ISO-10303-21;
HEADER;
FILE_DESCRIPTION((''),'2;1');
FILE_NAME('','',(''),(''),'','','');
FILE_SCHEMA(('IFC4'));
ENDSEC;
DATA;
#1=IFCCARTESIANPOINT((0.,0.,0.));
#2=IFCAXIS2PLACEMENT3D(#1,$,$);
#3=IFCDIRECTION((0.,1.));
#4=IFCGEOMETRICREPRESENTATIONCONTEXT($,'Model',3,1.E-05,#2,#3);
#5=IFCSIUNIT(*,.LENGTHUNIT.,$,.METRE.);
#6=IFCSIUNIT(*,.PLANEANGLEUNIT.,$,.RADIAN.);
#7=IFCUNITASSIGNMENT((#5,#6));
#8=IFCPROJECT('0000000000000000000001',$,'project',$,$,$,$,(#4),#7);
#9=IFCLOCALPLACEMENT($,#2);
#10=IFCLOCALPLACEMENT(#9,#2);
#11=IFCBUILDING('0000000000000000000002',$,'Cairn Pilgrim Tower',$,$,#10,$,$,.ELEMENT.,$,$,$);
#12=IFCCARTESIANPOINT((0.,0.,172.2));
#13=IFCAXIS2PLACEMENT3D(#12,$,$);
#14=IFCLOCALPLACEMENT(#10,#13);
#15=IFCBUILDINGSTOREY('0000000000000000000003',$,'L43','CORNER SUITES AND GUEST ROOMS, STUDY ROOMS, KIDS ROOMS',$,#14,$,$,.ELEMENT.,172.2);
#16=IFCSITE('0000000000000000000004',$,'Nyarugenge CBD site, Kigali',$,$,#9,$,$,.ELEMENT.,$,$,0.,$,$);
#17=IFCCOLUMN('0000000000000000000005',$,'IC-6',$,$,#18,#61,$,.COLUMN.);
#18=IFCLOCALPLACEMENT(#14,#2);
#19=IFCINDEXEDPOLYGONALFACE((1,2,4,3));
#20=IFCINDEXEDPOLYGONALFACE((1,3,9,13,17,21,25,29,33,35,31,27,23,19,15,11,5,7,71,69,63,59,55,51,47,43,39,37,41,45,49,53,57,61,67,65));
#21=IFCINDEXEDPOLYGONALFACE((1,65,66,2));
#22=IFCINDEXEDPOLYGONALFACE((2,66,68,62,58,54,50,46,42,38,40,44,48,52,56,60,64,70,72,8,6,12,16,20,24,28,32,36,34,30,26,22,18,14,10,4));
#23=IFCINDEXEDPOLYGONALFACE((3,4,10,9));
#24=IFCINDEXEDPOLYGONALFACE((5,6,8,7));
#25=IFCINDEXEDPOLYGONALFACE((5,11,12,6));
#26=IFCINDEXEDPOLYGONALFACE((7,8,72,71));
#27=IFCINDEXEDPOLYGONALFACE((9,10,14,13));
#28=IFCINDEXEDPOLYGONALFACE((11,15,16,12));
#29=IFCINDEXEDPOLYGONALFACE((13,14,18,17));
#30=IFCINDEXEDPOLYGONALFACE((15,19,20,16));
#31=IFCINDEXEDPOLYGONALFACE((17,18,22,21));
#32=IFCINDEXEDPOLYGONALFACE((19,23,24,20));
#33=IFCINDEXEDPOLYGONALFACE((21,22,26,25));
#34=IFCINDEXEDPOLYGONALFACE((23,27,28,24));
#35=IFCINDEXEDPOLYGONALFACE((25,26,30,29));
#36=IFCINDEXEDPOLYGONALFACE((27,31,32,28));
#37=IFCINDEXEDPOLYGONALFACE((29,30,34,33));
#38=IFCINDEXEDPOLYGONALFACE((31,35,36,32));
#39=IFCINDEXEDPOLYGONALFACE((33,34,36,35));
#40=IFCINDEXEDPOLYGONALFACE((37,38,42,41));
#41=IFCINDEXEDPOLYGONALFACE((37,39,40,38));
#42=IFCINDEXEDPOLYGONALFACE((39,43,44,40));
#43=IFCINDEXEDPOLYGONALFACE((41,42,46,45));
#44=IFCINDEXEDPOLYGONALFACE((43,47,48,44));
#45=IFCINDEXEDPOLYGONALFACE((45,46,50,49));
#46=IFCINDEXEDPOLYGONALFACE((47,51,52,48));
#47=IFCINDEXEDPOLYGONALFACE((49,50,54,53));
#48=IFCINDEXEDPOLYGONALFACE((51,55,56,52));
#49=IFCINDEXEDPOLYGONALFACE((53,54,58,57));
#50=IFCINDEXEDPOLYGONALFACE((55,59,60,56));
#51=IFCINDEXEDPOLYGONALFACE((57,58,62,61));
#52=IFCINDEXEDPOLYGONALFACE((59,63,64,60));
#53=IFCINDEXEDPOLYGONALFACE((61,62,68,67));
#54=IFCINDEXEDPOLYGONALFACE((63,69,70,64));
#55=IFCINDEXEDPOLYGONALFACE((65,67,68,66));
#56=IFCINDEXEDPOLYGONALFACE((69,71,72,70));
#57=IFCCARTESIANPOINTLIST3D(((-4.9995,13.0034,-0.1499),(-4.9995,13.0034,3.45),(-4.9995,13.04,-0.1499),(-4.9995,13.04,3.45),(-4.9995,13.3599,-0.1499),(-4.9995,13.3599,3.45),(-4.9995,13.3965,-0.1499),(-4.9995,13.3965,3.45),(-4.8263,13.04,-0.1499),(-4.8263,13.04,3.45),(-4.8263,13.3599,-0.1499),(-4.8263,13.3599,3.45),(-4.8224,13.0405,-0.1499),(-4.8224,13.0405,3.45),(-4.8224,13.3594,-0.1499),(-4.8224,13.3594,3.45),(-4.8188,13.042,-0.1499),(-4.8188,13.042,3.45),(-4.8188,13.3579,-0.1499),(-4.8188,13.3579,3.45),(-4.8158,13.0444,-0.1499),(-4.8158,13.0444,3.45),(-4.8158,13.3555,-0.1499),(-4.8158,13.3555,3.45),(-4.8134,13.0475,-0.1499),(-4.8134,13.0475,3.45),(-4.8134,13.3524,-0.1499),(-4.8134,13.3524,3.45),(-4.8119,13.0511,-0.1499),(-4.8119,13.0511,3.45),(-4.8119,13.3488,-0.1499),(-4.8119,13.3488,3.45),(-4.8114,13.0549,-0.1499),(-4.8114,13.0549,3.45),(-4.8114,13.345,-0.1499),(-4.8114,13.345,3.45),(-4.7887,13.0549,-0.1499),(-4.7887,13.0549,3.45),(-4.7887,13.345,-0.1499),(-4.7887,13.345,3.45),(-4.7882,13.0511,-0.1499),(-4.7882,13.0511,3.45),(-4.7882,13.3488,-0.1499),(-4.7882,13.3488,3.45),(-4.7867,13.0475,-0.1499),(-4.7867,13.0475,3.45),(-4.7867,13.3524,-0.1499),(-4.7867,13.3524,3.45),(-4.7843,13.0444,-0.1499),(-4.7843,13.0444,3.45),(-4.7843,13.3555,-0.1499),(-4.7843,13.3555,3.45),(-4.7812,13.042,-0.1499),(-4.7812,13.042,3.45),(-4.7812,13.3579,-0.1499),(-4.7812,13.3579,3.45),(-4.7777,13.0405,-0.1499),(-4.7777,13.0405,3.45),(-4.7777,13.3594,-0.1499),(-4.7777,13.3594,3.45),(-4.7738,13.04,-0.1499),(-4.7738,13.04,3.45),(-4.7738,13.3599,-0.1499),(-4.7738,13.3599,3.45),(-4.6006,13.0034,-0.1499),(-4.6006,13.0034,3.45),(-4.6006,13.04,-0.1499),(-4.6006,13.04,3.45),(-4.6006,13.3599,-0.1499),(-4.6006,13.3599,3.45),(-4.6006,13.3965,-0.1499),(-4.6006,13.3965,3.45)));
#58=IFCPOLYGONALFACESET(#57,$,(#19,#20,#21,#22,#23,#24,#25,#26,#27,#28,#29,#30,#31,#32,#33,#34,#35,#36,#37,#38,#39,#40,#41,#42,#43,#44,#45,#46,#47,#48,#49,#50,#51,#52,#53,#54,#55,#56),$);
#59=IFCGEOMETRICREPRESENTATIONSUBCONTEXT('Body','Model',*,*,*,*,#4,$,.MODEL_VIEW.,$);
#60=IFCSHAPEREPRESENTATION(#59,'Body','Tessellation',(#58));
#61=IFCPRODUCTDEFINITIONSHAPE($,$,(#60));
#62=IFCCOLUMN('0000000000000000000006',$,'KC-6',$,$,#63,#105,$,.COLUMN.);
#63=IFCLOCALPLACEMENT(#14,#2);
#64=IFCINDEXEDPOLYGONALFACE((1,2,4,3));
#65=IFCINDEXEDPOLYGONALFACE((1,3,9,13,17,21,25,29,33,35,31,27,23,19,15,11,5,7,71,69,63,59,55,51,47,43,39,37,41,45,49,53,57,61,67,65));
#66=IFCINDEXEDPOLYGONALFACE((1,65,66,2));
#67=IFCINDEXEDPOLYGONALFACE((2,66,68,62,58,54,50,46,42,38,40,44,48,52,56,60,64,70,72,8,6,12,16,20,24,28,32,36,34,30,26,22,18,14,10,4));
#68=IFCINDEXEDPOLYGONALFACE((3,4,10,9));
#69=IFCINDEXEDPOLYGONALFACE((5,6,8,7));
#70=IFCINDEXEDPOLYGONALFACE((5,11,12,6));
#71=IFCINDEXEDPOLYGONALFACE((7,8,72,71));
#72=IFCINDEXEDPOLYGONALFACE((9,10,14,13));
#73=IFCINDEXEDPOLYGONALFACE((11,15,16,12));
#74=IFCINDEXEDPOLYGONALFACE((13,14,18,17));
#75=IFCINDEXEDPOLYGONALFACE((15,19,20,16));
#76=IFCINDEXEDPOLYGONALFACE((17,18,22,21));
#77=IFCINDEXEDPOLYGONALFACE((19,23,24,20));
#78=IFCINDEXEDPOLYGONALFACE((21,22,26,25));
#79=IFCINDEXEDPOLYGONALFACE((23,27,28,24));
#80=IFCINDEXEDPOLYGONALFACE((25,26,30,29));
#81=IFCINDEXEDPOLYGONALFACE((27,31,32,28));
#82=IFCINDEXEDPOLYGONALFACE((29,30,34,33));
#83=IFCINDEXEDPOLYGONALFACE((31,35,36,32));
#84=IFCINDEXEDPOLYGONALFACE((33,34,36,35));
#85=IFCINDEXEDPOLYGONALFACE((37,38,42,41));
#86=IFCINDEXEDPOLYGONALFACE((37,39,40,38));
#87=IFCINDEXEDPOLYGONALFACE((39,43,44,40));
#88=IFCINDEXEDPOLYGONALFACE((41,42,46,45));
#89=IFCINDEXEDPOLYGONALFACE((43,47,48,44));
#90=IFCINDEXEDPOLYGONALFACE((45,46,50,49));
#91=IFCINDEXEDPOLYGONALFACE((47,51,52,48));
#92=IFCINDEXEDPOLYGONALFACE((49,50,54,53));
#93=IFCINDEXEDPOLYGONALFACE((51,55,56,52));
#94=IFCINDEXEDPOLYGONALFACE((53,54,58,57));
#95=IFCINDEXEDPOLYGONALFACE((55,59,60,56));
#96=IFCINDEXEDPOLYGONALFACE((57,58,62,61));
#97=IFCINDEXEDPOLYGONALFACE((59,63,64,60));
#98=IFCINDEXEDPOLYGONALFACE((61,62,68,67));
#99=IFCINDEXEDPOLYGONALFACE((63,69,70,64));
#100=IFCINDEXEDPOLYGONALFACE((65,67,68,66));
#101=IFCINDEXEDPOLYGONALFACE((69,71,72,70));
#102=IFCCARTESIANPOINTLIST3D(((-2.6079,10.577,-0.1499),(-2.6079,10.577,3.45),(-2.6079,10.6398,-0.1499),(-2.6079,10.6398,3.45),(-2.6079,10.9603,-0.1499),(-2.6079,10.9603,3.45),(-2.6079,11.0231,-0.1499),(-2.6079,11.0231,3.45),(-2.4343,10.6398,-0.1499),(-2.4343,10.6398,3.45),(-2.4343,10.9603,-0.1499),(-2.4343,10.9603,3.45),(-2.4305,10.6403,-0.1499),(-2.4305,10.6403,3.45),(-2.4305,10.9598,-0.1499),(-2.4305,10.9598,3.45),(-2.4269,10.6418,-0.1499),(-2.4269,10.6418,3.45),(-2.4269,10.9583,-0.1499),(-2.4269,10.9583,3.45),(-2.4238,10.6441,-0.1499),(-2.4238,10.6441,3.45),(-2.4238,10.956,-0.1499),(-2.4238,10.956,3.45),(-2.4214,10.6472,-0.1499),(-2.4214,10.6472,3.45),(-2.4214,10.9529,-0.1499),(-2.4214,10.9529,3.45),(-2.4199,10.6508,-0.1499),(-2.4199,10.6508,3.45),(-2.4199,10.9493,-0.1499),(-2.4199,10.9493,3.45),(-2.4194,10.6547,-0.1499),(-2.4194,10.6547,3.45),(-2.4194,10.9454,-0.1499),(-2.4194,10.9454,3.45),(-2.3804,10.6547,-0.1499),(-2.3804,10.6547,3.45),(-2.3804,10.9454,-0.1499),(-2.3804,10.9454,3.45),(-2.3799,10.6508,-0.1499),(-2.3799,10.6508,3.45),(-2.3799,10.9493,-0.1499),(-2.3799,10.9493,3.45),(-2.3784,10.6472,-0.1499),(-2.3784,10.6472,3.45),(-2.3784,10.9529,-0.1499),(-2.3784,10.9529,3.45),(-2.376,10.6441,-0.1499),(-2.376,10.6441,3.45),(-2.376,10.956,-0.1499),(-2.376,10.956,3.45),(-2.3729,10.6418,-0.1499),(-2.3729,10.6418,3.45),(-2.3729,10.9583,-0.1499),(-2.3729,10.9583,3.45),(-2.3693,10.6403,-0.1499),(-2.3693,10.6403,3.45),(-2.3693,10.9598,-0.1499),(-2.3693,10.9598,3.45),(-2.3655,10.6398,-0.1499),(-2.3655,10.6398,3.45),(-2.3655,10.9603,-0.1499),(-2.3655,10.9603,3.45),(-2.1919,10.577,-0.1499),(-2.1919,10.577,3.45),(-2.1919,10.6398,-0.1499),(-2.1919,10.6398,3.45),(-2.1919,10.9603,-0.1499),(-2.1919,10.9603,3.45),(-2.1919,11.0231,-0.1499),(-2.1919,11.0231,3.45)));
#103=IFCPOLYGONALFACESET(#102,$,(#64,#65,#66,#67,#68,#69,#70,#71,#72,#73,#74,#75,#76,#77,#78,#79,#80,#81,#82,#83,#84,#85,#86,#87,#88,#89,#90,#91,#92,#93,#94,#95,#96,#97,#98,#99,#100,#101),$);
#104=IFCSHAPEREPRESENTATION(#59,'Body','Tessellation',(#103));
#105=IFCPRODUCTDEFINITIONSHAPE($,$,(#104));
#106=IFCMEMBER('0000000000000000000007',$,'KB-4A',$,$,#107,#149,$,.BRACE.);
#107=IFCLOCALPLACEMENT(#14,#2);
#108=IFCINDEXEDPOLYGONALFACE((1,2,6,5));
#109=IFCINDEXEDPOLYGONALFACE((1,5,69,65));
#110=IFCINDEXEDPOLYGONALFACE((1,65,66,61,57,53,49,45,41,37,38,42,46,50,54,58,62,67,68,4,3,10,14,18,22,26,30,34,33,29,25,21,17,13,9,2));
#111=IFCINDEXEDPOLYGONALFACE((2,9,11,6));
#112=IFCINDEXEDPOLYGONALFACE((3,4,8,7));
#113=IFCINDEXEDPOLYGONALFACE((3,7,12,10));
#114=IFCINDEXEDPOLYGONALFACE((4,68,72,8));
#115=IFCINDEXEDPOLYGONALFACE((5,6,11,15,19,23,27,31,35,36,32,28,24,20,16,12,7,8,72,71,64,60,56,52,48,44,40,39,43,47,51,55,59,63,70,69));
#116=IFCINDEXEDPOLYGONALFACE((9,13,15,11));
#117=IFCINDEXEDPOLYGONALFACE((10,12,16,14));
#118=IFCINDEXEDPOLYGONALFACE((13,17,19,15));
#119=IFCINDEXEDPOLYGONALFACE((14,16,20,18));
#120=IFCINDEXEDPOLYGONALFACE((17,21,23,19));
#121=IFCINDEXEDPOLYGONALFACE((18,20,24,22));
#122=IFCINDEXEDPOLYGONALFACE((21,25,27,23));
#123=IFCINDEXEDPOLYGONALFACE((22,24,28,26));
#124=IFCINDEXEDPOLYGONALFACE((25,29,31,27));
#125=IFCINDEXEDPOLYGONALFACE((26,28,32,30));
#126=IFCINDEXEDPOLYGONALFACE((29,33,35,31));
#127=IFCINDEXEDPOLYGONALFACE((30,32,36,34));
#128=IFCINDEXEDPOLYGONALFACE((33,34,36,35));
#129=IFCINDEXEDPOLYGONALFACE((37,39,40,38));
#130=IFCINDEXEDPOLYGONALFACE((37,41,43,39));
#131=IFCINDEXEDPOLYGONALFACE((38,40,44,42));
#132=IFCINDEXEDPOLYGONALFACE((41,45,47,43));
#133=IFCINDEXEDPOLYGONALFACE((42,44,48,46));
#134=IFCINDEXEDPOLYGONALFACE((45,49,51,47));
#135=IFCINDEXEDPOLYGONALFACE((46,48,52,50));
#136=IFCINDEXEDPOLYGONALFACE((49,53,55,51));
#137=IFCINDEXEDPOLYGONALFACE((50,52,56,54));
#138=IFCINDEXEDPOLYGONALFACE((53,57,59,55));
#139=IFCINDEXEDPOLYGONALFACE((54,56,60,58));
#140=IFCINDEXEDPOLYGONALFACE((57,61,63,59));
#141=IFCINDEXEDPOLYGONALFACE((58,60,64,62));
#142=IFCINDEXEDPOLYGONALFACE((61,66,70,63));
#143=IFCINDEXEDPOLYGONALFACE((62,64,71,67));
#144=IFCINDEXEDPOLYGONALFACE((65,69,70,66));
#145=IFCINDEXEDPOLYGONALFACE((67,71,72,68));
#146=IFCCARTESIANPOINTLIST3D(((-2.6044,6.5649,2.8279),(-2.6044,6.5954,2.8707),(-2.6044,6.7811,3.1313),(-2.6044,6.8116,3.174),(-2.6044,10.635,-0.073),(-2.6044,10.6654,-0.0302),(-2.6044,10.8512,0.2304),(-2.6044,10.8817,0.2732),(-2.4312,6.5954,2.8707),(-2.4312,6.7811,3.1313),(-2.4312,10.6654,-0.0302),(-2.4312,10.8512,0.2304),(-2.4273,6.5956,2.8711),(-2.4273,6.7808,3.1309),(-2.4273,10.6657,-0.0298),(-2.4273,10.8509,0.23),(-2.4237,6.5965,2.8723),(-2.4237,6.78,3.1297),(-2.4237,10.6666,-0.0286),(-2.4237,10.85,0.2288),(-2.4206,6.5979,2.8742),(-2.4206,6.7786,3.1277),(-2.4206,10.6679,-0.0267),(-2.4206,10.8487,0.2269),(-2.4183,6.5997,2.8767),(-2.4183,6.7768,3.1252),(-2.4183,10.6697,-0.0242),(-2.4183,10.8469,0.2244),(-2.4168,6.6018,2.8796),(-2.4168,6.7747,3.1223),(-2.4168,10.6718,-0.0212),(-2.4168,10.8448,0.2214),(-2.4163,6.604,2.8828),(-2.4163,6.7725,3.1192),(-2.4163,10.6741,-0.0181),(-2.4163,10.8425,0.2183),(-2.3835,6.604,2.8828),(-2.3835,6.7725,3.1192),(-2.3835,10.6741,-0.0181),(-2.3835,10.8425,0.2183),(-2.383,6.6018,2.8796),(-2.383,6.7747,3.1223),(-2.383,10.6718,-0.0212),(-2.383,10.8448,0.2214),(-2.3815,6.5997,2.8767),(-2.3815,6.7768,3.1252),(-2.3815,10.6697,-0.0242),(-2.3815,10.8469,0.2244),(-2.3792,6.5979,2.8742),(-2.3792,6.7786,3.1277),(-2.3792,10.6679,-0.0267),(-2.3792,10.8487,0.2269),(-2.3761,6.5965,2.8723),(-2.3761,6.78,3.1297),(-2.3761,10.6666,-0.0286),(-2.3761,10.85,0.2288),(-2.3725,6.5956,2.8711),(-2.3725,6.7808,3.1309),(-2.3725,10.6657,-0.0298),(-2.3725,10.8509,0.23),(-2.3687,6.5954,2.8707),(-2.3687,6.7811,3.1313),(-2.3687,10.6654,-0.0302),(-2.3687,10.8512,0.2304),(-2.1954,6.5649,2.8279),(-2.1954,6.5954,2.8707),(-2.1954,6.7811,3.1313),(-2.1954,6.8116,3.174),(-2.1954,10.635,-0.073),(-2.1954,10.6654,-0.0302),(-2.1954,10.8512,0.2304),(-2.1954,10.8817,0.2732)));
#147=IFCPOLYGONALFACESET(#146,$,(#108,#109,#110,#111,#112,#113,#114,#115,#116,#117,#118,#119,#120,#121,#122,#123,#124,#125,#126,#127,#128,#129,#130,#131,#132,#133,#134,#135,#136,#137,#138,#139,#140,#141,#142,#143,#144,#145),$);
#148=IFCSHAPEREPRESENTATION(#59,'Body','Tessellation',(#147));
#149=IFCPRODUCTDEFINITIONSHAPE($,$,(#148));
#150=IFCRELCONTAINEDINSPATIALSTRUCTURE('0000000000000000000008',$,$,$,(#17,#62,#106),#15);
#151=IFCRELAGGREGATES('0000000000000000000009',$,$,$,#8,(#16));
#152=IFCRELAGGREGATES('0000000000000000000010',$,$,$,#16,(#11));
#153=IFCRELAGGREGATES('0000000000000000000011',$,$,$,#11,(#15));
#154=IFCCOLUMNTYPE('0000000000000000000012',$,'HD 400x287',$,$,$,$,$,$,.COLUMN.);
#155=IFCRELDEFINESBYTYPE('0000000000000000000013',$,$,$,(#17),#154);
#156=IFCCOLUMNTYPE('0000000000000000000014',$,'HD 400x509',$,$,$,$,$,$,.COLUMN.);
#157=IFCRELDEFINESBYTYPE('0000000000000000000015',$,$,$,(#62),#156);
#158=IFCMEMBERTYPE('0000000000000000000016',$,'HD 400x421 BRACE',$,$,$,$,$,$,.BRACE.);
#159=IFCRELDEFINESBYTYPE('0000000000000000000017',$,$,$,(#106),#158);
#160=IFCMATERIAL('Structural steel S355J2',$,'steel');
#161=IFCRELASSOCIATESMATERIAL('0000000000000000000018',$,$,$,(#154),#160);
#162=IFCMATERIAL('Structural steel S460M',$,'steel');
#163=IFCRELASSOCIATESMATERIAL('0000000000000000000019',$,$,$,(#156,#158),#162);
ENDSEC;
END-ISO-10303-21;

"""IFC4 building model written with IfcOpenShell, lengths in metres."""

from ifc_helpers import new_model, si_unit, direction, frame, origin, origin_2d, place, context, subcontext, project, spatial, i_section, extrude, material, material_profile, profile_set, type_object, element, save


model = new_model("IFC4")

# Units and contexts
model_context = context("Model", 3, precision=1e-05, world=origin(), true_north=direction((0.0, 1.0)))
body_context = subcontext(model_context, "Body", "Model", "MODEL_VIEW")
ifc_project = project(units=[si_unit("LENGTHUNIT", "METRE"), si_unit("PLANEANGLEUNIT", "RADIAN")], contexts=[model_context])

# Site, building, storey
site_placement = place(None, origin())
site = spatial("IfcSite", under=ifc_project, at=site_placement, Name="Nyarugenge CBD site, Kigali", CompositionType="ELEMENT", RefElevation=0.0)
building_placement = place(site_placement, origin())
building = spatial("IfcBuilding", under=site, at=building_placement, Name="Cairn Pilgrim Tower", CompositionType="ELEMENT")
storey_placement = place(building_placement, frame((0.0, 0.0, 172.2)))
storey = spatial("IfcBuildingStorey", under=building, at=storey_placement, Name="L43", Description="CORNER SUITES AND GUEST ROOMS, STUDY ROOMS, KIDS ROOMS", CompositionType="ELEMENT", Elevation=172.2)

# Columns
ifc_material_1 = material(Name="Structural steel S355J2", Category="steel")
ifc_material_profile_1 = material_profile(ifc_material_1, i_section(OverallWidth=0.3989, OverallDepth=0.3931, WebThickness=0.0227, FlangeThickness=0.0366, FilletRadius=0.0149, at=origin_2d()), Name="HD 400x287")
ifc_profile_set_1 = profile_set([ifc_material_profile_1], Name="Structural steel S355J2")
column_type_1 = type_object("IfcColumnType", Name="HD 400x287", PredefinedType="COLUMN", material=ifc_profile_set_1)
column_1_placement = place(storey_placement, frame((-4.8, 13.2, -0.1499), z_axis=(0.0, 0.0, 1.0), x_axis=(1.0, 0.0, 0.0)))
element("IfcColumn", 1, at=column_1_placement, inside=storey, type_object=column_type_1, Name="IC-6", PredefinedType="COLUMN", context=body_context, shape_type="SweptSolid", body=[
    extrude(i_section(OverallWidth=0.3989, OverallDepth=0.3931, WebThickness=0.0227, FlangeThickness=0.0366, FilletRadius=0.0149, at=origin_2d()), origin(), (0.0, 0.0, 1.0), 3.5999),
])
ifc_material_2 = material(Name="Structural steel S460M", Category="steel")
ifc_material_profile_2 = material_profile(ifc_material_2, i_section(OverallWidth=0.416, OverallDepth=0.446, WebThickness=0.0391, FlangeThickness=0.0627, FilletRadius=0.0149, at=origin_2d()), Name="HD 400x509")
ifc_profile_set_2 = profile_set([ifc_material_profile_2], Name="Structural steel S460M")
column_type_2 = type_object("IfcColumnType", Name="HD 400x509", PredefinedType="COLUMN", material=ifc_profile_set_2)
column_2_placement = place(storey_placement, frame((-2.3999, 10.8, -0.1499), z_axis=(0.0, 0.0, 1.0), x_axis=(1.0, 0.0, 0.0)))
element("IfcColumn", 2, at=column_2_placement, inside=storey, type_object=column_type_2, Name="KC-6", PredefinedType="COLUMN", context=body_context, shape_type="SweptSolid", body=[
    extrude(i_section(OverallWidth=0.416, OverallDepth=0.446, WebThickness=0.0391, FlangeThickness=0.0627, FilletRadius=0.0149, at=origin_2d()), origin(), (0.0, 0.0, 1.0), 3.5999),
])

# Member
ifc_material_profile_3 = material_profile(ifc_material_2, i_section(OverallWidth=0.4089, OverallDepth=0.425, WebThickness=0.0327, FlangeThickness=0.0525, FilletRadius=0.0149, at=origin_2d()), Name="HD 400x421")
ifc_profile_set_3 = profile_set([ifc_material_profile_3], Name="Structural steel S460M")
member_type = type_object("IfcMemberType", Name="HD 400x421 BRACE", PredefinedType="BRACE", material=ifc_profile_set_3)
member_placement = place(storey_placement, frame((-2.3999, 10.7583, 0.1001), z_axis=(0.0, -0.81433, 0.580402), x_axis=(1.0, 0.0, 0.0)))
element("IfcMember", 3, at=member_placement, inside=storey, type_object=member_type, Name="KB-4A", PredefinedType="BRACE", context=body_context, shape_type="SweptSolid", body=[
    extrude(i_section(OverallWidth=0.4089, OverallDepth=0.425, WebThickness=0.0327, FlangeThickness=0.0525, FilletRadius=0.0149, at=origin_2d()), origin(), (0.0, 0.0, 1.0), 4.998),
])

save(model, "model.ifc")
